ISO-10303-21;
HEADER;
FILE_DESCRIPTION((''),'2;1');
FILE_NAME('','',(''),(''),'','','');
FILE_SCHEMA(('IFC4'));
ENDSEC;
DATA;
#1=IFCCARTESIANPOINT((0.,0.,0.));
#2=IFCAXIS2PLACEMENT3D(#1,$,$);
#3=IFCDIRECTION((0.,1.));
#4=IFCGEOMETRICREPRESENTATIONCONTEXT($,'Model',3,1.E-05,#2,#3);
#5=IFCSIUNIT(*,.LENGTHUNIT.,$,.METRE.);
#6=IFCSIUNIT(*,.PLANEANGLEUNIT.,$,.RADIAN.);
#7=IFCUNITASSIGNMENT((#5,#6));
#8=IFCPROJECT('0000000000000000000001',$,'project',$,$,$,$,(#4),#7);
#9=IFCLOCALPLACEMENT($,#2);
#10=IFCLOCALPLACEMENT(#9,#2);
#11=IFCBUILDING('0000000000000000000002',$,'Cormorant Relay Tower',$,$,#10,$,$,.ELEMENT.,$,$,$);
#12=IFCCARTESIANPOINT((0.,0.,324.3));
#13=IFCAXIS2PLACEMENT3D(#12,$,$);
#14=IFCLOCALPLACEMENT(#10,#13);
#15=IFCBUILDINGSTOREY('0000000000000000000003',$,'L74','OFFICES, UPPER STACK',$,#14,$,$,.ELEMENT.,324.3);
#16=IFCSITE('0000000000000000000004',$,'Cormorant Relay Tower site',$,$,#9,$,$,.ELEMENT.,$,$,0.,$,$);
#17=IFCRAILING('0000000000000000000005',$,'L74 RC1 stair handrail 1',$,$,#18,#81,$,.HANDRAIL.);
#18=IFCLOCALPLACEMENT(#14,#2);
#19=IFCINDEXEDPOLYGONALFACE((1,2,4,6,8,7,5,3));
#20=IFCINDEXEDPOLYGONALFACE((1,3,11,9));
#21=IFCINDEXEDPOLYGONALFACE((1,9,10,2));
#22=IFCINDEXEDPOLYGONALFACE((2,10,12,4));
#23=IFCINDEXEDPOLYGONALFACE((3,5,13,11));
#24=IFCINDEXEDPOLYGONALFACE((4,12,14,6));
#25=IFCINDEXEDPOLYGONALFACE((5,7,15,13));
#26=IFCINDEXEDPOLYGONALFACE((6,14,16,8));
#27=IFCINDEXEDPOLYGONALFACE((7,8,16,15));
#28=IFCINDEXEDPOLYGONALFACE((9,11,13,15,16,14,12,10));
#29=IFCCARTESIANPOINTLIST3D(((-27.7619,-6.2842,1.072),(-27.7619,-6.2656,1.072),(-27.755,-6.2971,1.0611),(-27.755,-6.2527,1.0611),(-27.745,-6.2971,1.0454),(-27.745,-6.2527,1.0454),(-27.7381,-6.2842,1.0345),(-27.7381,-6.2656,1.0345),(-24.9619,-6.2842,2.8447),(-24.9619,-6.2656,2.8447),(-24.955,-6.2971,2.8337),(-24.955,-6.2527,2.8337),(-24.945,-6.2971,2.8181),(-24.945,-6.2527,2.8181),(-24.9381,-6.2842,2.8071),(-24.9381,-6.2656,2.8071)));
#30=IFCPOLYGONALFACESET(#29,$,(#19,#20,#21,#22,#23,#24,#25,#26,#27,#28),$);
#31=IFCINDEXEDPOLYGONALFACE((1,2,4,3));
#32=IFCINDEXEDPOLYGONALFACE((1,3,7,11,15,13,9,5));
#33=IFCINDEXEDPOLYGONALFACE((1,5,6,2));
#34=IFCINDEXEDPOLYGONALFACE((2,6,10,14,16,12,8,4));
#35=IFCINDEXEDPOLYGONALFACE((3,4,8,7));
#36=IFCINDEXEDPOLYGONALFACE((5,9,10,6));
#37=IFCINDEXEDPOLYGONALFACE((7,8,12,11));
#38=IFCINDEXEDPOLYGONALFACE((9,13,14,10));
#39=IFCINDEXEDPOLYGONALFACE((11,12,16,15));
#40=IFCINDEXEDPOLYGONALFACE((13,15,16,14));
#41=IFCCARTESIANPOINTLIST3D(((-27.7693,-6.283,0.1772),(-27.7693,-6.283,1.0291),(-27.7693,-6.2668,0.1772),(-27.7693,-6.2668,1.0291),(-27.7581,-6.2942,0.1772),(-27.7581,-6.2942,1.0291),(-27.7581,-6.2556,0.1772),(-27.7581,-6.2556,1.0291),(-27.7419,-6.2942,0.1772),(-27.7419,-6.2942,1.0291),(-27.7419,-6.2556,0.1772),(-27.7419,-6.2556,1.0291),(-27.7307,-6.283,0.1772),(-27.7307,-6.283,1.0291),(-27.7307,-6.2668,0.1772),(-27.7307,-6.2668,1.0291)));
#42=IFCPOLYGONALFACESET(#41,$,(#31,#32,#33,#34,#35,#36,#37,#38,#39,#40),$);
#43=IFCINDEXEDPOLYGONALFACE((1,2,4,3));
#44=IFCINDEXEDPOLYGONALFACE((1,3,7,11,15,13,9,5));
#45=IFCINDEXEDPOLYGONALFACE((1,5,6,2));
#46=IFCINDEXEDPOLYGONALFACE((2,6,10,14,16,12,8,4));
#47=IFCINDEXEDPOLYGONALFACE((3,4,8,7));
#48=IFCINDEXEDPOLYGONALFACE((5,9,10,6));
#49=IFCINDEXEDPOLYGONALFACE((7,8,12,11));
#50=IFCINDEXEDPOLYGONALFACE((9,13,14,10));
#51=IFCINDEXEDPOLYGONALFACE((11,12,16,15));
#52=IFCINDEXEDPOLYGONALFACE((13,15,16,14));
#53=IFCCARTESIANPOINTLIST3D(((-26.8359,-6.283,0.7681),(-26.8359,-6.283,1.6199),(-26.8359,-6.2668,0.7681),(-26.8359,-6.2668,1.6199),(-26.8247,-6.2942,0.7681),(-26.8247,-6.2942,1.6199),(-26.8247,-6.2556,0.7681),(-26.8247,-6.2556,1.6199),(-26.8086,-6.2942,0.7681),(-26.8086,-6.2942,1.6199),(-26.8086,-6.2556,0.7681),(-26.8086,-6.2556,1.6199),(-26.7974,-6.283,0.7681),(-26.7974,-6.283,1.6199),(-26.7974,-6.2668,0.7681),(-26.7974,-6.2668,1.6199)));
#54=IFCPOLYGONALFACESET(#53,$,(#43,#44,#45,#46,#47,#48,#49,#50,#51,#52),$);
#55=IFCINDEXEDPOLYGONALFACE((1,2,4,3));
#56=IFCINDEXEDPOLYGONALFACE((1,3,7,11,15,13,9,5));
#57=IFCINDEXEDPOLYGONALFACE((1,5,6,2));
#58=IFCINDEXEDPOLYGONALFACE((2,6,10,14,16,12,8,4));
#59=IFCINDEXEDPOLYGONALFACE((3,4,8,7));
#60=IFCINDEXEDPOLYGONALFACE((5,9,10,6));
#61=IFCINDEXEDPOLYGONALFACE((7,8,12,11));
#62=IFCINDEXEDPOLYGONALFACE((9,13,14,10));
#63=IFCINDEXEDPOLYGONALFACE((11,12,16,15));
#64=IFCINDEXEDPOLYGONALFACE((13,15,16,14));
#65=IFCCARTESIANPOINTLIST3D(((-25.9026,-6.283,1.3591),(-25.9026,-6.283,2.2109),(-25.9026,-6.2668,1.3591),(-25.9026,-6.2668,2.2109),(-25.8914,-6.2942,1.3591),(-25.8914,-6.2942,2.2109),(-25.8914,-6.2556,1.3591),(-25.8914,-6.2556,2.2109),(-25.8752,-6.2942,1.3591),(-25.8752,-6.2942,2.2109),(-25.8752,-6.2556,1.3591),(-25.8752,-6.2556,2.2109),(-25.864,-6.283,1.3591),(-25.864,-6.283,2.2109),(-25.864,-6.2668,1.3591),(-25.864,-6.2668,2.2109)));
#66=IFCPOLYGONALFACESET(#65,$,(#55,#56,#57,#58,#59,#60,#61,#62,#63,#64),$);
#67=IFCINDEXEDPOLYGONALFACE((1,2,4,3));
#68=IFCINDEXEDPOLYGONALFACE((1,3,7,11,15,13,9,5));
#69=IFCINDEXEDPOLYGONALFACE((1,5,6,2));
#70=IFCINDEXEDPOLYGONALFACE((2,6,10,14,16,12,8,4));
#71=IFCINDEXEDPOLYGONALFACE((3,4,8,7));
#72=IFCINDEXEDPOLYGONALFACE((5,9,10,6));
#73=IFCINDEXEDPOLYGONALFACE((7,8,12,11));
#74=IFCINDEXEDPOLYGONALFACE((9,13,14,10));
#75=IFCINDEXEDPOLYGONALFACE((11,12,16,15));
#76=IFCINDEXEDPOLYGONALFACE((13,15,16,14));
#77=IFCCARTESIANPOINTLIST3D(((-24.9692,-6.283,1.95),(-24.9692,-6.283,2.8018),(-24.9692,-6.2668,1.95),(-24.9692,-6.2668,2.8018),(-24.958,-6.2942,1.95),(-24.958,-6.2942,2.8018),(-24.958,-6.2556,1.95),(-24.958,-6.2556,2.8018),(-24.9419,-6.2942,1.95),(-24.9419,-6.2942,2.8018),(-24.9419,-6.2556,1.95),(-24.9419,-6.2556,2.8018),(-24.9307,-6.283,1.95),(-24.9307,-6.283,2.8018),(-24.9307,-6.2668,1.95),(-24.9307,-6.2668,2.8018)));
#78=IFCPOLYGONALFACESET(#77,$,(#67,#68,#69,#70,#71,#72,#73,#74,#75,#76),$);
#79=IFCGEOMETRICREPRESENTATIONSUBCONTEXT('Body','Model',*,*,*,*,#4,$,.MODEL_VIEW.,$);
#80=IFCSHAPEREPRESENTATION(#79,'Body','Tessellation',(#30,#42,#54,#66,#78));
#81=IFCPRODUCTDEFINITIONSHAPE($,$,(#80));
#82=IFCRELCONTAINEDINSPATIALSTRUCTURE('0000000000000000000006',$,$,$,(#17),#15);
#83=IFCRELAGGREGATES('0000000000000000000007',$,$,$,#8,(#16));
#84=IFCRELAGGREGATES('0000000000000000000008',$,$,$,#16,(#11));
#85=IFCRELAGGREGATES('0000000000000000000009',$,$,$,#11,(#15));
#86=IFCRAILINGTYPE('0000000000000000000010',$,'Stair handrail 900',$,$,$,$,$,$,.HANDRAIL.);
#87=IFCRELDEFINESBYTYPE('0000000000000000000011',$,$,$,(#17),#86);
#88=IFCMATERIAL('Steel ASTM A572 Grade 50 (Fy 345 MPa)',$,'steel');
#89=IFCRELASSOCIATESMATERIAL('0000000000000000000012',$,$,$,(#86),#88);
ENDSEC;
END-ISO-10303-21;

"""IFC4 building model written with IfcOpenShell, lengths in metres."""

from ifc_helpers import new_model, si_unit, direction, frame, origin, place, context, subcontext, project, spatial, polyline, outline, extrude, material, type_object, element, save


model = new_model("IFC4")

# Units and contexts
model_context = context("Model", 3, precision=1e-05, world=origin(), true_north=direction((0.0, 1.0)))
body_context = subcontext(model_context, "Body", "Model", "MODEL_VIEW")
ifc_project = project(units=[si_unit("LENGTHUNIT", "METRE"), si_unit("PLANEANGLEUNIT", "RADIAN")], contexts=[model_context])

# Site, building, storey
site_placement = place(None, origin())
site = spatial("IfcSite", under=ifc_project, at=site_placement, Name="Cormorant Relay Tower site", CompositionType="ELEMENT", RefElevation=0.0)
building_placement = place(site_placement, origin())
building = spatial("IfcBuilding", under=site, at=building_placement, Name="Cormorant Relay Tower", CompositionType="ELEMENT")
storey_placement = place(building_placement, frame((0.0, 0.0, 324.3)))
storey = spatial("IfcBuildingStorey", under=building, at=storey_placement, Name="L74", Description="OFFICES, UPPER STACK", CompositionType="ELEMENT", Elevation=324.3)

# Railing
ifc_material_1 = material(Name="Steel ASTM A572 Grade 50 (Fy 345 MPa)", Category="steel")
railing_type_1 = type_object("IfcRailingType", Name="Stair handrail 900", PredefinedType="HANDRAIL", material=ifc_material_1)
railing_1_placement = place(storey_placement, frame((-27.75, -6.2749, 0.1772)))
element("IfcRailing", 1, at=railing_1_placement, inside=storey, type_object=railing_type_1, Name="L74 RC1 stair handrail 1", PredefinedType="HANDRAIL", context=body_context, shape_type="SweptSolid", body=[
    extrude(outline(polyline([(0.0222, 0.0093), (0.0093, 0.0222), (-0.0093, 0.0222), (-0.0222, 0.0093), (-0.0222, -0.0093), (-0.0093, -0.0222), (0.0093, -0.0222), (0.0222, -0.0093), (0.0222, 0.0093)])), frame((0.0, 0.0, 0.876), z_axis=(0.844909, 0.0, 0.53491), x_axis=(0.0, 1.0, 0.0)), (0.0, 0.0, 1.0), 3.314),
    extrude(outline(polyline([(0.0193, 0.0081), (0.0081, 0.0193), (-0.0081, 0.0193), (-0.0193, 0.0081), (-0.0193, -0.0081), (-0.0081, -0.0193), (0.0081, -0.0193), (0.0193, -0.0081), (0.0193, 0.0081)])), origin(), (0.0, 0.0, 1.0), 0.8518),
    extrude(outline(polyline([(0.0193, 0.0081), (0.0081, 0.0193), (-0.0081, 0.0193), (-0.0193, 0.0081), (-0.0193, -0.0081), (-0.0081, -0.0193), (0.0081, -0.0193), (0.0193, -0.0081), (0.0193, 0.0081)])), frame((0.9333, 0.0, 0.5908)), (0.0, 0.0, 1.0), 0.8518),
    extrude(outline(polyline([(0.0193, 0.0081), (0.0081, 0.0193), (-0.0081, 0.0193), (-0.0193, 0.0081), (-0.0193, -0.0081), (-0.0081, -0.0193), (0.0081, -0.0193), (0.0193, -0.0081), (0.0193, 0.0081)])), frame((1.8667, 0.0, 1.1819)), (0.0, 0.0, 1.0), 0.8518),
    extrude(outline(polyline([(0.0193, 0.0081), (0.0081, 0.0193), (-0.0081, 0.0193), (-0.0193, 0.0081), (-0.0193, -0.0081), (-0.0081, -0.0193), (0.0081, -0.0193), (0.0193, -0.0081), (0.0193, 0.0081)])), frame((2.8, 0.0, 1.7727)), (0.0, 0.0, 1.0), 0.8518),
])

save(model, "model.ifc")
